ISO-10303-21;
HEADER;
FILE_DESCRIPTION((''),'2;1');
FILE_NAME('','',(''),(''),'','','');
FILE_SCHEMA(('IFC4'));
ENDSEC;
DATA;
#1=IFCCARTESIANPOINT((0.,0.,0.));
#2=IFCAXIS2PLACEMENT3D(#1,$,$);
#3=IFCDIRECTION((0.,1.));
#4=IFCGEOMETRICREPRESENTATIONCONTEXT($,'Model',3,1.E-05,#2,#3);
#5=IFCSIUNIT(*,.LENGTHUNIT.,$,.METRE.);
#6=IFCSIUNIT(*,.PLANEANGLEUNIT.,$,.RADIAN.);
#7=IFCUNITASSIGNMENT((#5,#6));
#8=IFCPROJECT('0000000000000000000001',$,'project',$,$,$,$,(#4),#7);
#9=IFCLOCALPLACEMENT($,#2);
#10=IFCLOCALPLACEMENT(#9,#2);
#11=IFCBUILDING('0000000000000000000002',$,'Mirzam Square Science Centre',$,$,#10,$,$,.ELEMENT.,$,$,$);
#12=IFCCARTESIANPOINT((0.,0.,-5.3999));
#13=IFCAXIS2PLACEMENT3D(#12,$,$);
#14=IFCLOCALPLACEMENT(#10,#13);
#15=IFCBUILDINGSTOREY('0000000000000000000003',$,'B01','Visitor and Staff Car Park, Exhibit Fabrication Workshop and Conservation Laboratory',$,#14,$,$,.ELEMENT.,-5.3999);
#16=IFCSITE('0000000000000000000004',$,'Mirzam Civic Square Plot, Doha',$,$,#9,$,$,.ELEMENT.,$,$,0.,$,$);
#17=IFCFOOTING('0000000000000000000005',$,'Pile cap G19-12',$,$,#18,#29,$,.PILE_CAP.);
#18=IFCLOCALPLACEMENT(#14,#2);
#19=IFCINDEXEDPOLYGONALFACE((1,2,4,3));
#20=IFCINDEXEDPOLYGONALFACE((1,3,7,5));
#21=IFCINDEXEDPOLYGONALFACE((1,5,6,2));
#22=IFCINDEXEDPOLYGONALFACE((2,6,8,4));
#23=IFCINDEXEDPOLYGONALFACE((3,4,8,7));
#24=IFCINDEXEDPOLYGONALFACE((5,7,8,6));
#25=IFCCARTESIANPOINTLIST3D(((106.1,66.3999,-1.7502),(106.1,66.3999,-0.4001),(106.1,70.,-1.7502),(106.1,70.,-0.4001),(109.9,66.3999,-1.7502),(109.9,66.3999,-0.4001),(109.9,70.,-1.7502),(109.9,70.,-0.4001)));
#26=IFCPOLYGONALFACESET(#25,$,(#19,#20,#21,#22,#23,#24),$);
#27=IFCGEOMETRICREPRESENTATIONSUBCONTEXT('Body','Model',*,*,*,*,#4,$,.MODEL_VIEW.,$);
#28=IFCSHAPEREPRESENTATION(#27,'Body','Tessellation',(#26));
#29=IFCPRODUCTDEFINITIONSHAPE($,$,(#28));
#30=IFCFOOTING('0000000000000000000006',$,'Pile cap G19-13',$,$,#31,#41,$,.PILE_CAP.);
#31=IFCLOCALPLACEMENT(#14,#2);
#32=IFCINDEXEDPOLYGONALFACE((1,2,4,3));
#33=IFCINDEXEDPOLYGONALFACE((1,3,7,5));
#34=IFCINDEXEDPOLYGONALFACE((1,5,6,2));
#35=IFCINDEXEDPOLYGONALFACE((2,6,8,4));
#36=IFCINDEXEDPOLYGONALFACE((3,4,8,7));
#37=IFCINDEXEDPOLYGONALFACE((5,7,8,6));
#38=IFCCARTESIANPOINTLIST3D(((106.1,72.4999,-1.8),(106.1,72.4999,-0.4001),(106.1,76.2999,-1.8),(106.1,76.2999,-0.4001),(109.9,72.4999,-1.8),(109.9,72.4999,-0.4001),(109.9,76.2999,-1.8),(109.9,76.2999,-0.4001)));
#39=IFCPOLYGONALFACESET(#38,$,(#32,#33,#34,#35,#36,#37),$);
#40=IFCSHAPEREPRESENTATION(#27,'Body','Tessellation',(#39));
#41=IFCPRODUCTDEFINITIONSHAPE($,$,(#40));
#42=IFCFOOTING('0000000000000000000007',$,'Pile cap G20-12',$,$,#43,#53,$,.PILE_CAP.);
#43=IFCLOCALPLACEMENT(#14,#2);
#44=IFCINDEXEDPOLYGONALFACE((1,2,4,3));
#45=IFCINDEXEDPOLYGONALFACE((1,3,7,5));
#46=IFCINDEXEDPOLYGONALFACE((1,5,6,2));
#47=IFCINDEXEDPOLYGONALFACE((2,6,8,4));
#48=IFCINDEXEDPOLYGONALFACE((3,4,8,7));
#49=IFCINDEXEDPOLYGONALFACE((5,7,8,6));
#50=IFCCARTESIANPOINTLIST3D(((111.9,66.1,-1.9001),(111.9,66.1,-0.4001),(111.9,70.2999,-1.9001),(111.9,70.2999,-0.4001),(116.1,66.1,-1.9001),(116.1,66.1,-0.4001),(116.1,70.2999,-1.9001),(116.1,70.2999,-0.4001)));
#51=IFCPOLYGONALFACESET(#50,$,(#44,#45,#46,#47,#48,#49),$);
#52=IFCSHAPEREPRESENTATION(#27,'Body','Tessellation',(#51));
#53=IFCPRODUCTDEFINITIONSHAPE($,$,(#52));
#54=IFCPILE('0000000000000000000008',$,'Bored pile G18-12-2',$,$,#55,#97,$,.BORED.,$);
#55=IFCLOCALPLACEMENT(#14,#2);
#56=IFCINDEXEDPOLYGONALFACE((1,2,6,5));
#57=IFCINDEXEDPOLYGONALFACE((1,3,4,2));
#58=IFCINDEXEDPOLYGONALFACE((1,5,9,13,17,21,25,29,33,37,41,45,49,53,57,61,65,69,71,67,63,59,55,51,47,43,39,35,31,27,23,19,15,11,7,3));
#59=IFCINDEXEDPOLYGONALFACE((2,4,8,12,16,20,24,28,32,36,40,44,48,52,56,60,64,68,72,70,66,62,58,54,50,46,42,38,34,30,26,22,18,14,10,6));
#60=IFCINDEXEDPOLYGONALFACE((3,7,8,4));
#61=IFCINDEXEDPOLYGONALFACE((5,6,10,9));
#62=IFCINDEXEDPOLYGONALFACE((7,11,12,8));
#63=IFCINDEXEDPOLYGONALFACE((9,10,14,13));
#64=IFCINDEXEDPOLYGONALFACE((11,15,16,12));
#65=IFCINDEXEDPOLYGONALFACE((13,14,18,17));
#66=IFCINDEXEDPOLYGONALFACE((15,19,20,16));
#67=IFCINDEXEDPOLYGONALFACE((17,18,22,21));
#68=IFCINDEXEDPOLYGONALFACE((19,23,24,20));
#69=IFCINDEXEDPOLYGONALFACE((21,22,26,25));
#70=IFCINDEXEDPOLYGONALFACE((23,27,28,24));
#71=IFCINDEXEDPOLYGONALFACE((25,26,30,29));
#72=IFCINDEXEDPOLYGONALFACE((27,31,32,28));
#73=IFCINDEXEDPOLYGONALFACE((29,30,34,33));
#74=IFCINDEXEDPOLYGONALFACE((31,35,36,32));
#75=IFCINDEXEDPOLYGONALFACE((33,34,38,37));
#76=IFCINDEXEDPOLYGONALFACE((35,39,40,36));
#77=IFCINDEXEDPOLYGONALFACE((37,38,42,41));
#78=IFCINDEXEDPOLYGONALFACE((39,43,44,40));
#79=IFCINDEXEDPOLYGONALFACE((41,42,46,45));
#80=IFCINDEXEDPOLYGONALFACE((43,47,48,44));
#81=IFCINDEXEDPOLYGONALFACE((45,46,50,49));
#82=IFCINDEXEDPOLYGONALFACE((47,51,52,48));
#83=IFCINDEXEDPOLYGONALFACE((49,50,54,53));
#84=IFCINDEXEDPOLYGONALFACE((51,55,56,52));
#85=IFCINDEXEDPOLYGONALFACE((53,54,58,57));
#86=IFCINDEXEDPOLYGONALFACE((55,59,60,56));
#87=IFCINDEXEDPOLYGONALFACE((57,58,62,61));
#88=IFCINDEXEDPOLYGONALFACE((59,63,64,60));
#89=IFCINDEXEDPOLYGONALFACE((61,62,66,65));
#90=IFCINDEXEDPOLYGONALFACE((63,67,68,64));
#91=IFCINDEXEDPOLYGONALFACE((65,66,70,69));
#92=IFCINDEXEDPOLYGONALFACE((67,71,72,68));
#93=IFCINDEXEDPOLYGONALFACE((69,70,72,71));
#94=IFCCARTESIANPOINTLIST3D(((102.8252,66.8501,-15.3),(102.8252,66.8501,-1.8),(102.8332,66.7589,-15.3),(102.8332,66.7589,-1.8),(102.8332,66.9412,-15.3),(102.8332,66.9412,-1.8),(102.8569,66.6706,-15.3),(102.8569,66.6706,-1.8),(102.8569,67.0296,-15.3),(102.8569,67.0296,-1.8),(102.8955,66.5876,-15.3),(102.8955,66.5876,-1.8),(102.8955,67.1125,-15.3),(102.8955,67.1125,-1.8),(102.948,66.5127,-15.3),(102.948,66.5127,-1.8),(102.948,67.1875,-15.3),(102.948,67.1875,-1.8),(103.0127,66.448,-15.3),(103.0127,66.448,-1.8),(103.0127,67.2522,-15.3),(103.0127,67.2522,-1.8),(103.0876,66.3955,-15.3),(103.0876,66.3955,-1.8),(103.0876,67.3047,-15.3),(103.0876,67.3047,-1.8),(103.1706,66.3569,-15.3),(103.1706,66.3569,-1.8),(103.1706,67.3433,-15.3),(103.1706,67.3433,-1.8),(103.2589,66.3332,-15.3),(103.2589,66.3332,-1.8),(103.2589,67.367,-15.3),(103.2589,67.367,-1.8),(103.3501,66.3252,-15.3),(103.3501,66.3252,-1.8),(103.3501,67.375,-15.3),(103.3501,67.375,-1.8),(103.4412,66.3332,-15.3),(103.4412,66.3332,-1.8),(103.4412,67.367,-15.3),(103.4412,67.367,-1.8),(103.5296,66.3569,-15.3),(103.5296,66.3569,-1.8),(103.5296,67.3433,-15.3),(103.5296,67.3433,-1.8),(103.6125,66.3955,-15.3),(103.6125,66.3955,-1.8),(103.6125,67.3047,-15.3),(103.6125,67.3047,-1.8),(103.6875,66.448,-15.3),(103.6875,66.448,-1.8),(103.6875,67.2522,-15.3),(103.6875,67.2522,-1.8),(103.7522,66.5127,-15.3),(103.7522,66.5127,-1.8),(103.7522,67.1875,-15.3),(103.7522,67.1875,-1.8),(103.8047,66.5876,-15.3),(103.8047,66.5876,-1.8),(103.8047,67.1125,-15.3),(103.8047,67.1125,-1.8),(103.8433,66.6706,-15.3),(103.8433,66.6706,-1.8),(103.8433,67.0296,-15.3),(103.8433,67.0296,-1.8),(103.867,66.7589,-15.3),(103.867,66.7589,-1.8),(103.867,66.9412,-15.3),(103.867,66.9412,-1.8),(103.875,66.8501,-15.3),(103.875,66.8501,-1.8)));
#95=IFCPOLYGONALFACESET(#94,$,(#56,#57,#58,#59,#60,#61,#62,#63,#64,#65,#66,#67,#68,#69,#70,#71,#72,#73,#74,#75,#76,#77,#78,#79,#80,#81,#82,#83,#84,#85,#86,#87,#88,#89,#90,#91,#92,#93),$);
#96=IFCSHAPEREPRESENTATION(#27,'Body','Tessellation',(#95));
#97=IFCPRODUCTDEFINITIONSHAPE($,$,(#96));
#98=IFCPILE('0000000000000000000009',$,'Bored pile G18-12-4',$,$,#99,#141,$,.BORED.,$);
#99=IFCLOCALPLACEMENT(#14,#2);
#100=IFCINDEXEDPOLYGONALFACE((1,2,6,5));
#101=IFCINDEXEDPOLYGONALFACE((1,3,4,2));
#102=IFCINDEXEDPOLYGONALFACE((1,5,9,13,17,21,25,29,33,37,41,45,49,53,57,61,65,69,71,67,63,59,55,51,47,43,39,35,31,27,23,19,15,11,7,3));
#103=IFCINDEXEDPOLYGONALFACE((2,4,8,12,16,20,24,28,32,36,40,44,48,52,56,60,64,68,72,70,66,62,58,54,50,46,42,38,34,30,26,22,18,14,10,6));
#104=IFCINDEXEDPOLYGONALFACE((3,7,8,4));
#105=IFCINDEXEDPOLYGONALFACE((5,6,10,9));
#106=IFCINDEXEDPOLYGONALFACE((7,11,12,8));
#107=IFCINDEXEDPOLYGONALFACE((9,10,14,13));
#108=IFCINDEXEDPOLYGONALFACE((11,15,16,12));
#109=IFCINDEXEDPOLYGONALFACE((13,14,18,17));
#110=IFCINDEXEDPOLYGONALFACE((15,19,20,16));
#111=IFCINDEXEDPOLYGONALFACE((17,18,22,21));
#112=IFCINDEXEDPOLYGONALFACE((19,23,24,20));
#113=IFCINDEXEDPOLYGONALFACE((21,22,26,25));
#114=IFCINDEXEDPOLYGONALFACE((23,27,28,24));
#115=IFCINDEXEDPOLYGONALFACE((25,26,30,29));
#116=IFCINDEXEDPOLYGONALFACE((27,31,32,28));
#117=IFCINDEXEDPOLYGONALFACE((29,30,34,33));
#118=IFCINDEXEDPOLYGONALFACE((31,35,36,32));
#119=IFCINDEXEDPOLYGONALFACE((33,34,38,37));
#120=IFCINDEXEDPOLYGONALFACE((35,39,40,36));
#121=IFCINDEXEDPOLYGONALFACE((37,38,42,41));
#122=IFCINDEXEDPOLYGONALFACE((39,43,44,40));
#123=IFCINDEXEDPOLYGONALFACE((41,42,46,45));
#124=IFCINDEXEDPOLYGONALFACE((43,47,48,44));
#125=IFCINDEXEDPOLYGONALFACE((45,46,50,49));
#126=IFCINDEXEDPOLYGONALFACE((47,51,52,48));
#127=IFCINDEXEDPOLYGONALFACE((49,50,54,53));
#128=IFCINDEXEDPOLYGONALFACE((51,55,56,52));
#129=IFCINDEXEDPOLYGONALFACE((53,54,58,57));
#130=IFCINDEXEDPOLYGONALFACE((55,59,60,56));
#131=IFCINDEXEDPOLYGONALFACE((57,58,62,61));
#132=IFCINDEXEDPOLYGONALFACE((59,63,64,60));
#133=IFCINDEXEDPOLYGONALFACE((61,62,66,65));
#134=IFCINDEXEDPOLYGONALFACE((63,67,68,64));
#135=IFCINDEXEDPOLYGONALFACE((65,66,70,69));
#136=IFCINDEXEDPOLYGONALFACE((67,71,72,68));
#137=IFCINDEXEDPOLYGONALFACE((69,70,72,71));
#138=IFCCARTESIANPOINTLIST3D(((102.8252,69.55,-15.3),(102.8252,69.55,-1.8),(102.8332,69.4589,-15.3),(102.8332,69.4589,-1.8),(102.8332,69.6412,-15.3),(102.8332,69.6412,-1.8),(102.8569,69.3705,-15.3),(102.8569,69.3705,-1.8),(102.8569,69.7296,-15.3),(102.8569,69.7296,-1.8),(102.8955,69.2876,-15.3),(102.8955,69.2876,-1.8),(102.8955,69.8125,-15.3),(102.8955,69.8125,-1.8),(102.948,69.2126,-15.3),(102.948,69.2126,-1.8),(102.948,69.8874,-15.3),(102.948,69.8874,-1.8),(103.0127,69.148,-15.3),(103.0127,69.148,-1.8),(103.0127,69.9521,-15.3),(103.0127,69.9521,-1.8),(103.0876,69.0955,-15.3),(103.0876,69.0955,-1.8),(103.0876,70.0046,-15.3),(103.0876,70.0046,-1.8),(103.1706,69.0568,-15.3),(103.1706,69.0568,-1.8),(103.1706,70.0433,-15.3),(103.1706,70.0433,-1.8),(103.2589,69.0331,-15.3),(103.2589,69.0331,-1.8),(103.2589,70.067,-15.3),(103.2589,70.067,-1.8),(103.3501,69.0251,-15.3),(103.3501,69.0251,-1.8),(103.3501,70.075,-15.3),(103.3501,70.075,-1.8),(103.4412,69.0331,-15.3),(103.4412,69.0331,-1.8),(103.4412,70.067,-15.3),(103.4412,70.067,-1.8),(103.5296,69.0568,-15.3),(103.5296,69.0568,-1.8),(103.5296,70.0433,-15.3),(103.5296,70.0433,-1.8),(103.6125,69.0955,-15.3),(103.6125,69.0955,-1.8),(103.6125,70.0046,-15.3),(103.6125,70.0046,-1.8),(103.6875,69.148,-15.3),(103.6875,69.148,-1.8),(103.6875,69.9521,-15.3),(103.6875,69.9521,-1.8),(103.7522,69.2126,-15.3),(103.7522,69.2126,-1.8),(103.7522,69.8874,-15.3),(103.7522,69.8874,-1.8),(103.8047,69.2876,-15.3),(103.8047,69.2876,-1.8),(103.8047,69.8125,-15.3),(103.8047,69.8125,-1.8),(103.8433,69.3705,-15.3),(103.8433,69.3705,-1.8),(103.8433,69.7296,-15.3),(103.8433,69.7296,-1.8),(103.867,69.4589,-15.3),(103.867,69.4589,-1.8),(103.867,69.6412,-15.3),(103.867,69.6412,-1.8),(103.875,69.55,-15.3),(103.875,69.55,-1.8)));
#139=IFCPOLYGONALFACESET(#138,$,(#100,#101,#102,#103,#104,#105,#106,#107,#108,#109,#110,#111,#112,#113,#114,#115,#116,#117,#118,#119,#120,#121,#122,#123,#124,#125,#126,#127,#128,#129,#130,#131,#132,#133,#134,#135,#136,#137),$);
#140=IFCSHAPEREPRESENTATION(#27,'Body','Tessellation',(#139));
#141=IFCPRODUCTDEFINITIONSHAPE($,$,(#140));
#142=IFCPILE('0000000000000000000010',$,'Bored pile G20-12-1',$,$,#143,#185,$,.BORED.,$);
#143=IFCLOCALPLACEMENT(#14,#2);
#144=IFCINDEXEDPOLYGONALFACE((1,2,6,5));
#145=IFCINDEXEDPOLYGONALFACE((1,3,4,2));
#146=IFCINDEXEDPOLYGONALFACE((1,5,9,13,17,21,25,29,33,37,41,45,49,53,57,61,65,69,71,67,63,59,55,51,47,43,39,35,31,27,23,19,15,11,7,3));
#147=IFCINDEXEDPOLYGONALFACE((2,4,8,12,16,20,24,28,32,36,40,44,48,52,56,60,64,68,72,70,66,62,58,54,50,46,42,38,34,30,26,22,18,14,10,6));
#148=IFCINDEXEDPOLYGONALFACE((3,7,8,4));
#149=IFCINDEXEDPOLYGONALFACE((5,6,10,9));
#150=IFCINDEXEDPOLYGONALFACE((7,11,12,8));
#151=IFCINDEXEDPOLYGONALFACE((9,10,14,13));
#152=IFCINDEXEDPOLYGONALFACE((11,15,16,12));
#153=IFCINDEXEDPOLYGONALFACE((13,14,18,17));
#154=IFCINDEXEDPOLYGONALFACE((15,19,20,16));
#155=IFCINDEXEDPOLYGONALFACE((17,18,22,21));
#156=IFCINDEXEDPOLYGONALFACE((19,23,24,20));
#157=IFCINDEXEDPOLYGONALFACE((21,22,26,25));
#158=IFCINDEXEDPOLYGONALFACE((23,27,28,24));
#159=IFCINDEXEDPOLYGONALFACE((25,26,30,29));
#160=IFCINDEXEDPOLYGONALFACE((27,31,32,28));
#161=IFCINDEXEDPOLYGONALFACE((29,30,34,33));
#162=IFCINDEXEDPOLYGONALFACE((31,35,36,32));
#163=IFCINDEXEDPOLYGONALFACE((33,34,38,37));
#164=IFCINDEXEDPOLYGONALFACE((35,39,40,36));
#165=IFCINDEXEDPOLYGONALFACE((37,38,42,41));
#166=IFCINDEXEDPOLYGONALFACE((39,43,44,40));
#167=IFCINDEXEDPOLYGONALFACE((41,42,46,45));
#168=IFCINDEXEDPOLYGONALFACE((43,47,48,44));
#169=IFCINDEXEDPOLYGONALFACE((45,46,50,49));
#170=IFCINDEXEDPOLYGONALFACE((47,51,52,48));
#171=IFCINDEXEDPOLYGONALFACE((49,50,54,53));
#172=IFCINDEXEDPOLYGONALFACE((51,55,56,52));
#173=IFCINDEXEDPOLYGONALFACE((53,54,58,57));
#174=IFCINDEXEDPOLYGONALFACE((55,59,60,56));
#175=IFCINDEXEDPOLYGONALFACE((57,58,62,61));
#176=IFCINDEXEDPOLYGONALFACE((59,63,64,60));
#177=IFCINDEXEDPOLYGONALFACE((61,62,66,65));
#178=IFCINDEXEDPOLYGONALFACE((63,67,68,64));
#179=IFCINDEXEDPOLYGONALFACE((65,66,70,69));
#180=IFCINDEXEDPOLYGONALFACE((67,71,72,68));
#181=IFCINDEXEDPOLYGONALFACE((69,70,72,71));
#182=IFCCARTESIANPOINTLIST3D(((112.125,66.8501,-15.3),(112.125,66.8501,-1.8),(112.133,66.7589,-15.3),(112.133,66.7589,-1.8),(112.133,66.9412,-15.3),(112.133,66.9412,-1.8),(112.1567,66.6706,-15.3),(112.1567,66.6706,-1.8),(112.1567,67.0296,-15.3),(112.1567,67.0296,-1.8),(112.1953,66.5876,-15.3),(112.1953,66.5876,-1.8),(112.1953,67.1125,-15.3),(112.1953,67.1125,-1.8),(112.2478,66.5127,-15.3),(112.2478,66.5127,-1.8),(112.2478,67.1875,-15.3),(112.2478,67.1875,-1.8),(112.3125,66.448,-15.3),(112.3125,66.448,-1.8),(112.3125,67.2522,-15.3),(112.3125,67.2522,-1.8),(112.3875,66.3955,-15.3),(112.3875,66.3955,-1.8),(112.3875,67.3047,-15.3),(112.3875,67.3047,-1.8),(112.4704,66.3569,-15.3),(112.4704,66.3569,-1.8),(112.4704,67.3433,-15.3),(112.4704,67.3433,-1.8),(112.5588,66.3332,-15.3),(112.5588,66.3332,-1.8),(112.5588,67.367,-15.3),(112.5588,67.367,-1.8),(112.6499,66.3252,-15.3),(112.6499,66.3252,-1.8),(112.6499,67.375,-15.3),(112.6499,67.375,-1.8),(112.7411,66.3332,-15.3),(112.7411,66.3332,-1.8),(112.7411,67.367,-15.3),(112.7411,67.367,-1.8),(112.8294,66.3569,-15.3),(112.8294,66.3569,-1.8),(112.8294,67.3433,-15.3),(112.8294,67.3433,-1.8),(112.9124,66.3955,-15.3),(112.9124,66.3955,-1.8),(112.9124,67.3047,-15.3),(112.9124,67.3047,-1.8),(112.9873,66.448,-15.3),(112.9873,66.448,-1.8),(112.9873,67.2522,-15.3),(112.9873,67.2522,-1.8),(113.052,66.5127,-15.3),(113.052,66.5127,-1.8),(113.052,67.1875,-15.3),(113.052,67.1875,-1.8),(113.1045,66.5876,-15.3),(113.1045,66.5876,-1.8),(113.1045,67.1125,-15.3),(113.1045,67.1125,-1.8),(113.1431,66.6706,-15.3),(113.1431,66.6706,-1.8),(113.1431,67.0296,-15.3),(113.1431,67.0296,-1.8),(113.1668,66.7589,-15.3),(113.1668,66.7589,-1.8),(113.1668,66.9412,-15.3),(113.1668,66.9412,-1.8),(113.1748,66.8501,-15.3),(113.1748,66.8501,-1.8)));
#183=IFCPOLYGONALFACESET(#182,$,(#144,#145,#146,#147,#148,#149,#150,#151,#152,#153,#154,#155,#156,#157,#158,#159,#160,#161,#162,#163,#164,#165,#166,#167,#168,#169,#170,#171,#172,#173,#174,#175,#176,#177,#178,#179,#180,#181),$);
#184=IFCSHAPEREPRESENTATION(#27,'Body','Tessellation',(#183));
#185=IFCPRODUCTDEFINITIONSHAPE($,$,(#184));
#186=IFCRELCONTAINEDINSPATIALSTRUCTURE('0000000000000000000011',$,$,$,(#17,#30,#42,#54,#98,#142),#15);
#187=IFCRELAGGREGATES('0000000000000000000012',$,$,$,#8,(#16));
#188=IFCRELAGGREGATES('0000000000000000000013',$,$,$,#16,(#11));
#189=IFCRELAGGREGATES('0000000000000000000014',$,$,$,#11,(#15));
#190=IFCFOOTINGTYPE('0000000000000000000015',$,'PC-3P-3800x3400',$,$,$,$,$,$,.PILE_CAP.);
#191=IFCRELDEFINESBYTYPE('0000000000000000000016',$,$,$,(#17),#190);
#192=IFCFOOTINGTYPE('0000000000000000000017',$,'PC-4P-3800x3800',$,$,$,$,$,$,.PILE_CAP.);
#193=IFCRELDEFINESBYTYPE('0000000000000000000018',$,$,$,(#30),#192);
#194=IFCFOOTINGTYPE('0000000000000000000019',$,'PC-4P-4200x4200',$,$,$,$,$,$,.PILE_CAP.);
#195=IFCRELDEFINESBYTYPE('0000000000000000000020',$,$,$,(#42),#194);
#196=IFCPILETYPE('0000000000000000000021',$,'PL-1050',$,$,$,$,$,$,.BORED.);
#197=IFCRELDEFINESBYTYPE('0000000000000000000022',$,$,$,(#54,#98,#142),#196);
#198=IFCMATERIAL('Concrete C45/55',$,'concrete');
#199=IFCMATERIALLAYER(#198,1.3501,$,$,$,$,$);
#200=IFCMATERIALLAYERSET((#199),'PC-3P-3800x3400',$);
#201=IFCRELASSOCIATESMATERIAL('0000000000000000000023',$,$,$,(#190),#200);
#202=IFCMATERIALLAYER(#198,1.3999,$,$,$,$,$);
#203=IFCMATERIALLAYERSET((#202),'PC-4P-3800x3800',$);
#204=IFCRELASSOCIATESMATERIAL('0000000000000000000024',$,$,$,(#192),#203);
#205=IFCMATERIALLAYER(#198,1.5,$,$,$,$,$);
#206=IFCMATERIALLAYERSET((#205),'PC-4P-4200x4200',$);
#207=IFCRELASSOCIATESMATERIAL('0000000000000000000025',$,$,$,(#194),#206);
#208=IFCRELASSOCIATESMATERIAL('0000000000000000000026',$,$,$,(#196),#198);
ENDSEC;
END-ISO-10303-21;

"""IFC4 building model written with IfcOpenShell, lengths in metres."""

from ifc_helpers import new_model, si_unit, direction, frame, origin, origin_2d, place, context, subcontext, project, spatial, rectangle, circle, extrude, material, layer, layer_set, material_profile, profile_set, type_object, element, save


model = new_model("IFC4")

# Units and contexts
model_context = context("Model", 3, precision=1e-05, world=origin(), true_north=direction((0.0, 1.0)))
body_context = subcontext(model_context, "Body", "Model", "MODEL_VIEW")
ifc_project = project(units=[si_unit("LENGTHUNIT", "METRE"), si_unit("PLANEANGLEUNIT", "RADIAN")], contexts=[model_context])

# Site, building, storey
site_placement = place(None, origin())
site = spatial("IfcSite", under=ifc_project, at=site_placement, Name="Mirzam Civic Square Plot, Doha", CompositionType="ELEMENT", RefElevation=0.0)
building_placement = place(site_placement, origin())
building = spatial("IfcBuilding", under=site, at=building_placement, Name="Mirzam Square Science Centre", CompositionType="ELEMENT")
storey_placement = place(building_placement, frame((0.0, 0.0, -5.3999)))
storey = spatial("IfcBuildingStorey", under=building, at=storey_placement, Name="B01", Description="Visitor and Staff Car Park, Exhibit Fabrication Workshop and Conservation Laboratory", CompositionType="ELEMENT", Elevation=-5.3999)

# Footings
ifc_material_1 = material(Name="Concrete C45/55", Category="concrete")
ifc_layer_1 = layer(ifc_material_1, 1.3501)
ifc_layer_set_1 = layer_set([ifc_layer_1], Name="PC-3P-3800x3400")
footing_type_1 = type_object("IfcFootingType", Name="PC-3P-3800x3400", PredefinedType="PILE_CAP", material=ifc_layer_set_1)
footing_1_placement = place(storey_placement, frame((108.0, 68.2, -1.7502), z_axis=(0.0, 0.0, 1.0), x_axis=(1.0, 0.0, 0.0)))
element("IfcFooting", 1, at=footing_1_placement, inside=storey, type_object=footing_type_1, Name="Pile cap G19-12", PredefinedType="PILE_CAP", context=body_context, shape_type="SweptSolid", body=[
    extrude(rectangle(XDim=3.8, YDim=3.6001, at=origin_2d()), origin(), (0.0, 0.0, 1.0), 1.3501),
])
ifc_layer_2 = layer(ifc_material_1, 1.3999)
ifc_layer_set_2 = layer_set([ifc_layer_2], Name="PC-4P-3800x3800")
footing_type_2 = type_object("IfcFootingType", Name="PC-4P-3800x3800", PredefinedType="PILE_CAP", material=ifc_layer_set_2)
footing_2_placement = place(storey_placement, frame((108.0, 74.3999, -1.8), z_axis=(0.0, 0.0, 1.0), x_axis=(1.0, 0.0, 0.0)))
element("IfcFooting", 2, at=footing_2_placement, inside=storey, type_object=footing_type_2, Name="Pile cap G19-13", PredefinedType="PILE_CAP", context=body_context, shape_type="SweptSolid", body=[
    extrude(rectangle(XDim=3.8, YDim=3.8, at=origin_2d()), origin(), (0.0, 0.0, 1.0), 1.3999),
])
ifc_layer_3 = layer(ifc_material_1, 1.5)
ifc_layer_set_3 = layer_set([ifc_layer_3], Name="PC-4P-4200x4200")
footing_type_3 = type_object("IfcFootingType", Name="PC-4P-4200x4200", PredefinedType="PILE_CAP", material=ifc_layer_set_3)
footing_3_placement = place(storey_placement, frame((114.0, 68.2, -1.9001), z_axis=(0.0, 0.0, 1.0), x_axis=(1.0, 0.0, 0.0)))
element("IfcFooting", 3, at=footing_3_placement, inside=storey, type_object=footing_type_3, Name="Pile cap G20-12", PredefinedType="PILE_CAP", context=body_context, shape_type="SweptSolid", body=[
    extrude(rectangle(XDim=4.2, YDim=4.2, at=origin_2d()), origin(), (0.0, 0.0, 1.0), 1.5),
])

# Piles
ifc_material_profile_1 = material_profile(ifc_material_1, circle(Radius=0.5249, at=origin_2d()), Name="PILE-D1050")
ifc_profile_set_1 = profile_set([ifc_material_profile_1], Name="Concrete C45/55")
pile_type_1 = type_object("IfcPileType", Name="PL-1050", PredefinedType="BORED", material=ifc_profile_set_1)
for number, where, z_axis, x_axis, name in (
    (4, (103.3501, 66.8501, -1.8), (0.0, 0.0, -1.0), (1.0, 0.0, 0.0), "Bored pile G18-12-2"),
    (5, (103.3501, 69.55, -1.8), (0.0, 0.0, -1.0), (1.0, 0.0, 0.0), "Bored pile G18-12-4"),
    (6, (112.6499, 66.8501, -1.8), (0.0, 0.0, -1.0), (1.0, 0.0, 0.0), "Bored pile G20-12-1"),
):
    element("IfcPile", number, at=place(storey_placement, frame(where, z_axis=z_axis, x_axis=x_axis)), inside=storey, type_object=pile_type_1, Name=name, PredefinedType="BORED", context=body_context, shape_type="SweptSolid", body=[
        extrude(circle(Radius=0.5249, at=origin_2d()), origin(), (0.0, 0.0, 1.0), 13.5),
    ])

save(model, "model.ifc")
